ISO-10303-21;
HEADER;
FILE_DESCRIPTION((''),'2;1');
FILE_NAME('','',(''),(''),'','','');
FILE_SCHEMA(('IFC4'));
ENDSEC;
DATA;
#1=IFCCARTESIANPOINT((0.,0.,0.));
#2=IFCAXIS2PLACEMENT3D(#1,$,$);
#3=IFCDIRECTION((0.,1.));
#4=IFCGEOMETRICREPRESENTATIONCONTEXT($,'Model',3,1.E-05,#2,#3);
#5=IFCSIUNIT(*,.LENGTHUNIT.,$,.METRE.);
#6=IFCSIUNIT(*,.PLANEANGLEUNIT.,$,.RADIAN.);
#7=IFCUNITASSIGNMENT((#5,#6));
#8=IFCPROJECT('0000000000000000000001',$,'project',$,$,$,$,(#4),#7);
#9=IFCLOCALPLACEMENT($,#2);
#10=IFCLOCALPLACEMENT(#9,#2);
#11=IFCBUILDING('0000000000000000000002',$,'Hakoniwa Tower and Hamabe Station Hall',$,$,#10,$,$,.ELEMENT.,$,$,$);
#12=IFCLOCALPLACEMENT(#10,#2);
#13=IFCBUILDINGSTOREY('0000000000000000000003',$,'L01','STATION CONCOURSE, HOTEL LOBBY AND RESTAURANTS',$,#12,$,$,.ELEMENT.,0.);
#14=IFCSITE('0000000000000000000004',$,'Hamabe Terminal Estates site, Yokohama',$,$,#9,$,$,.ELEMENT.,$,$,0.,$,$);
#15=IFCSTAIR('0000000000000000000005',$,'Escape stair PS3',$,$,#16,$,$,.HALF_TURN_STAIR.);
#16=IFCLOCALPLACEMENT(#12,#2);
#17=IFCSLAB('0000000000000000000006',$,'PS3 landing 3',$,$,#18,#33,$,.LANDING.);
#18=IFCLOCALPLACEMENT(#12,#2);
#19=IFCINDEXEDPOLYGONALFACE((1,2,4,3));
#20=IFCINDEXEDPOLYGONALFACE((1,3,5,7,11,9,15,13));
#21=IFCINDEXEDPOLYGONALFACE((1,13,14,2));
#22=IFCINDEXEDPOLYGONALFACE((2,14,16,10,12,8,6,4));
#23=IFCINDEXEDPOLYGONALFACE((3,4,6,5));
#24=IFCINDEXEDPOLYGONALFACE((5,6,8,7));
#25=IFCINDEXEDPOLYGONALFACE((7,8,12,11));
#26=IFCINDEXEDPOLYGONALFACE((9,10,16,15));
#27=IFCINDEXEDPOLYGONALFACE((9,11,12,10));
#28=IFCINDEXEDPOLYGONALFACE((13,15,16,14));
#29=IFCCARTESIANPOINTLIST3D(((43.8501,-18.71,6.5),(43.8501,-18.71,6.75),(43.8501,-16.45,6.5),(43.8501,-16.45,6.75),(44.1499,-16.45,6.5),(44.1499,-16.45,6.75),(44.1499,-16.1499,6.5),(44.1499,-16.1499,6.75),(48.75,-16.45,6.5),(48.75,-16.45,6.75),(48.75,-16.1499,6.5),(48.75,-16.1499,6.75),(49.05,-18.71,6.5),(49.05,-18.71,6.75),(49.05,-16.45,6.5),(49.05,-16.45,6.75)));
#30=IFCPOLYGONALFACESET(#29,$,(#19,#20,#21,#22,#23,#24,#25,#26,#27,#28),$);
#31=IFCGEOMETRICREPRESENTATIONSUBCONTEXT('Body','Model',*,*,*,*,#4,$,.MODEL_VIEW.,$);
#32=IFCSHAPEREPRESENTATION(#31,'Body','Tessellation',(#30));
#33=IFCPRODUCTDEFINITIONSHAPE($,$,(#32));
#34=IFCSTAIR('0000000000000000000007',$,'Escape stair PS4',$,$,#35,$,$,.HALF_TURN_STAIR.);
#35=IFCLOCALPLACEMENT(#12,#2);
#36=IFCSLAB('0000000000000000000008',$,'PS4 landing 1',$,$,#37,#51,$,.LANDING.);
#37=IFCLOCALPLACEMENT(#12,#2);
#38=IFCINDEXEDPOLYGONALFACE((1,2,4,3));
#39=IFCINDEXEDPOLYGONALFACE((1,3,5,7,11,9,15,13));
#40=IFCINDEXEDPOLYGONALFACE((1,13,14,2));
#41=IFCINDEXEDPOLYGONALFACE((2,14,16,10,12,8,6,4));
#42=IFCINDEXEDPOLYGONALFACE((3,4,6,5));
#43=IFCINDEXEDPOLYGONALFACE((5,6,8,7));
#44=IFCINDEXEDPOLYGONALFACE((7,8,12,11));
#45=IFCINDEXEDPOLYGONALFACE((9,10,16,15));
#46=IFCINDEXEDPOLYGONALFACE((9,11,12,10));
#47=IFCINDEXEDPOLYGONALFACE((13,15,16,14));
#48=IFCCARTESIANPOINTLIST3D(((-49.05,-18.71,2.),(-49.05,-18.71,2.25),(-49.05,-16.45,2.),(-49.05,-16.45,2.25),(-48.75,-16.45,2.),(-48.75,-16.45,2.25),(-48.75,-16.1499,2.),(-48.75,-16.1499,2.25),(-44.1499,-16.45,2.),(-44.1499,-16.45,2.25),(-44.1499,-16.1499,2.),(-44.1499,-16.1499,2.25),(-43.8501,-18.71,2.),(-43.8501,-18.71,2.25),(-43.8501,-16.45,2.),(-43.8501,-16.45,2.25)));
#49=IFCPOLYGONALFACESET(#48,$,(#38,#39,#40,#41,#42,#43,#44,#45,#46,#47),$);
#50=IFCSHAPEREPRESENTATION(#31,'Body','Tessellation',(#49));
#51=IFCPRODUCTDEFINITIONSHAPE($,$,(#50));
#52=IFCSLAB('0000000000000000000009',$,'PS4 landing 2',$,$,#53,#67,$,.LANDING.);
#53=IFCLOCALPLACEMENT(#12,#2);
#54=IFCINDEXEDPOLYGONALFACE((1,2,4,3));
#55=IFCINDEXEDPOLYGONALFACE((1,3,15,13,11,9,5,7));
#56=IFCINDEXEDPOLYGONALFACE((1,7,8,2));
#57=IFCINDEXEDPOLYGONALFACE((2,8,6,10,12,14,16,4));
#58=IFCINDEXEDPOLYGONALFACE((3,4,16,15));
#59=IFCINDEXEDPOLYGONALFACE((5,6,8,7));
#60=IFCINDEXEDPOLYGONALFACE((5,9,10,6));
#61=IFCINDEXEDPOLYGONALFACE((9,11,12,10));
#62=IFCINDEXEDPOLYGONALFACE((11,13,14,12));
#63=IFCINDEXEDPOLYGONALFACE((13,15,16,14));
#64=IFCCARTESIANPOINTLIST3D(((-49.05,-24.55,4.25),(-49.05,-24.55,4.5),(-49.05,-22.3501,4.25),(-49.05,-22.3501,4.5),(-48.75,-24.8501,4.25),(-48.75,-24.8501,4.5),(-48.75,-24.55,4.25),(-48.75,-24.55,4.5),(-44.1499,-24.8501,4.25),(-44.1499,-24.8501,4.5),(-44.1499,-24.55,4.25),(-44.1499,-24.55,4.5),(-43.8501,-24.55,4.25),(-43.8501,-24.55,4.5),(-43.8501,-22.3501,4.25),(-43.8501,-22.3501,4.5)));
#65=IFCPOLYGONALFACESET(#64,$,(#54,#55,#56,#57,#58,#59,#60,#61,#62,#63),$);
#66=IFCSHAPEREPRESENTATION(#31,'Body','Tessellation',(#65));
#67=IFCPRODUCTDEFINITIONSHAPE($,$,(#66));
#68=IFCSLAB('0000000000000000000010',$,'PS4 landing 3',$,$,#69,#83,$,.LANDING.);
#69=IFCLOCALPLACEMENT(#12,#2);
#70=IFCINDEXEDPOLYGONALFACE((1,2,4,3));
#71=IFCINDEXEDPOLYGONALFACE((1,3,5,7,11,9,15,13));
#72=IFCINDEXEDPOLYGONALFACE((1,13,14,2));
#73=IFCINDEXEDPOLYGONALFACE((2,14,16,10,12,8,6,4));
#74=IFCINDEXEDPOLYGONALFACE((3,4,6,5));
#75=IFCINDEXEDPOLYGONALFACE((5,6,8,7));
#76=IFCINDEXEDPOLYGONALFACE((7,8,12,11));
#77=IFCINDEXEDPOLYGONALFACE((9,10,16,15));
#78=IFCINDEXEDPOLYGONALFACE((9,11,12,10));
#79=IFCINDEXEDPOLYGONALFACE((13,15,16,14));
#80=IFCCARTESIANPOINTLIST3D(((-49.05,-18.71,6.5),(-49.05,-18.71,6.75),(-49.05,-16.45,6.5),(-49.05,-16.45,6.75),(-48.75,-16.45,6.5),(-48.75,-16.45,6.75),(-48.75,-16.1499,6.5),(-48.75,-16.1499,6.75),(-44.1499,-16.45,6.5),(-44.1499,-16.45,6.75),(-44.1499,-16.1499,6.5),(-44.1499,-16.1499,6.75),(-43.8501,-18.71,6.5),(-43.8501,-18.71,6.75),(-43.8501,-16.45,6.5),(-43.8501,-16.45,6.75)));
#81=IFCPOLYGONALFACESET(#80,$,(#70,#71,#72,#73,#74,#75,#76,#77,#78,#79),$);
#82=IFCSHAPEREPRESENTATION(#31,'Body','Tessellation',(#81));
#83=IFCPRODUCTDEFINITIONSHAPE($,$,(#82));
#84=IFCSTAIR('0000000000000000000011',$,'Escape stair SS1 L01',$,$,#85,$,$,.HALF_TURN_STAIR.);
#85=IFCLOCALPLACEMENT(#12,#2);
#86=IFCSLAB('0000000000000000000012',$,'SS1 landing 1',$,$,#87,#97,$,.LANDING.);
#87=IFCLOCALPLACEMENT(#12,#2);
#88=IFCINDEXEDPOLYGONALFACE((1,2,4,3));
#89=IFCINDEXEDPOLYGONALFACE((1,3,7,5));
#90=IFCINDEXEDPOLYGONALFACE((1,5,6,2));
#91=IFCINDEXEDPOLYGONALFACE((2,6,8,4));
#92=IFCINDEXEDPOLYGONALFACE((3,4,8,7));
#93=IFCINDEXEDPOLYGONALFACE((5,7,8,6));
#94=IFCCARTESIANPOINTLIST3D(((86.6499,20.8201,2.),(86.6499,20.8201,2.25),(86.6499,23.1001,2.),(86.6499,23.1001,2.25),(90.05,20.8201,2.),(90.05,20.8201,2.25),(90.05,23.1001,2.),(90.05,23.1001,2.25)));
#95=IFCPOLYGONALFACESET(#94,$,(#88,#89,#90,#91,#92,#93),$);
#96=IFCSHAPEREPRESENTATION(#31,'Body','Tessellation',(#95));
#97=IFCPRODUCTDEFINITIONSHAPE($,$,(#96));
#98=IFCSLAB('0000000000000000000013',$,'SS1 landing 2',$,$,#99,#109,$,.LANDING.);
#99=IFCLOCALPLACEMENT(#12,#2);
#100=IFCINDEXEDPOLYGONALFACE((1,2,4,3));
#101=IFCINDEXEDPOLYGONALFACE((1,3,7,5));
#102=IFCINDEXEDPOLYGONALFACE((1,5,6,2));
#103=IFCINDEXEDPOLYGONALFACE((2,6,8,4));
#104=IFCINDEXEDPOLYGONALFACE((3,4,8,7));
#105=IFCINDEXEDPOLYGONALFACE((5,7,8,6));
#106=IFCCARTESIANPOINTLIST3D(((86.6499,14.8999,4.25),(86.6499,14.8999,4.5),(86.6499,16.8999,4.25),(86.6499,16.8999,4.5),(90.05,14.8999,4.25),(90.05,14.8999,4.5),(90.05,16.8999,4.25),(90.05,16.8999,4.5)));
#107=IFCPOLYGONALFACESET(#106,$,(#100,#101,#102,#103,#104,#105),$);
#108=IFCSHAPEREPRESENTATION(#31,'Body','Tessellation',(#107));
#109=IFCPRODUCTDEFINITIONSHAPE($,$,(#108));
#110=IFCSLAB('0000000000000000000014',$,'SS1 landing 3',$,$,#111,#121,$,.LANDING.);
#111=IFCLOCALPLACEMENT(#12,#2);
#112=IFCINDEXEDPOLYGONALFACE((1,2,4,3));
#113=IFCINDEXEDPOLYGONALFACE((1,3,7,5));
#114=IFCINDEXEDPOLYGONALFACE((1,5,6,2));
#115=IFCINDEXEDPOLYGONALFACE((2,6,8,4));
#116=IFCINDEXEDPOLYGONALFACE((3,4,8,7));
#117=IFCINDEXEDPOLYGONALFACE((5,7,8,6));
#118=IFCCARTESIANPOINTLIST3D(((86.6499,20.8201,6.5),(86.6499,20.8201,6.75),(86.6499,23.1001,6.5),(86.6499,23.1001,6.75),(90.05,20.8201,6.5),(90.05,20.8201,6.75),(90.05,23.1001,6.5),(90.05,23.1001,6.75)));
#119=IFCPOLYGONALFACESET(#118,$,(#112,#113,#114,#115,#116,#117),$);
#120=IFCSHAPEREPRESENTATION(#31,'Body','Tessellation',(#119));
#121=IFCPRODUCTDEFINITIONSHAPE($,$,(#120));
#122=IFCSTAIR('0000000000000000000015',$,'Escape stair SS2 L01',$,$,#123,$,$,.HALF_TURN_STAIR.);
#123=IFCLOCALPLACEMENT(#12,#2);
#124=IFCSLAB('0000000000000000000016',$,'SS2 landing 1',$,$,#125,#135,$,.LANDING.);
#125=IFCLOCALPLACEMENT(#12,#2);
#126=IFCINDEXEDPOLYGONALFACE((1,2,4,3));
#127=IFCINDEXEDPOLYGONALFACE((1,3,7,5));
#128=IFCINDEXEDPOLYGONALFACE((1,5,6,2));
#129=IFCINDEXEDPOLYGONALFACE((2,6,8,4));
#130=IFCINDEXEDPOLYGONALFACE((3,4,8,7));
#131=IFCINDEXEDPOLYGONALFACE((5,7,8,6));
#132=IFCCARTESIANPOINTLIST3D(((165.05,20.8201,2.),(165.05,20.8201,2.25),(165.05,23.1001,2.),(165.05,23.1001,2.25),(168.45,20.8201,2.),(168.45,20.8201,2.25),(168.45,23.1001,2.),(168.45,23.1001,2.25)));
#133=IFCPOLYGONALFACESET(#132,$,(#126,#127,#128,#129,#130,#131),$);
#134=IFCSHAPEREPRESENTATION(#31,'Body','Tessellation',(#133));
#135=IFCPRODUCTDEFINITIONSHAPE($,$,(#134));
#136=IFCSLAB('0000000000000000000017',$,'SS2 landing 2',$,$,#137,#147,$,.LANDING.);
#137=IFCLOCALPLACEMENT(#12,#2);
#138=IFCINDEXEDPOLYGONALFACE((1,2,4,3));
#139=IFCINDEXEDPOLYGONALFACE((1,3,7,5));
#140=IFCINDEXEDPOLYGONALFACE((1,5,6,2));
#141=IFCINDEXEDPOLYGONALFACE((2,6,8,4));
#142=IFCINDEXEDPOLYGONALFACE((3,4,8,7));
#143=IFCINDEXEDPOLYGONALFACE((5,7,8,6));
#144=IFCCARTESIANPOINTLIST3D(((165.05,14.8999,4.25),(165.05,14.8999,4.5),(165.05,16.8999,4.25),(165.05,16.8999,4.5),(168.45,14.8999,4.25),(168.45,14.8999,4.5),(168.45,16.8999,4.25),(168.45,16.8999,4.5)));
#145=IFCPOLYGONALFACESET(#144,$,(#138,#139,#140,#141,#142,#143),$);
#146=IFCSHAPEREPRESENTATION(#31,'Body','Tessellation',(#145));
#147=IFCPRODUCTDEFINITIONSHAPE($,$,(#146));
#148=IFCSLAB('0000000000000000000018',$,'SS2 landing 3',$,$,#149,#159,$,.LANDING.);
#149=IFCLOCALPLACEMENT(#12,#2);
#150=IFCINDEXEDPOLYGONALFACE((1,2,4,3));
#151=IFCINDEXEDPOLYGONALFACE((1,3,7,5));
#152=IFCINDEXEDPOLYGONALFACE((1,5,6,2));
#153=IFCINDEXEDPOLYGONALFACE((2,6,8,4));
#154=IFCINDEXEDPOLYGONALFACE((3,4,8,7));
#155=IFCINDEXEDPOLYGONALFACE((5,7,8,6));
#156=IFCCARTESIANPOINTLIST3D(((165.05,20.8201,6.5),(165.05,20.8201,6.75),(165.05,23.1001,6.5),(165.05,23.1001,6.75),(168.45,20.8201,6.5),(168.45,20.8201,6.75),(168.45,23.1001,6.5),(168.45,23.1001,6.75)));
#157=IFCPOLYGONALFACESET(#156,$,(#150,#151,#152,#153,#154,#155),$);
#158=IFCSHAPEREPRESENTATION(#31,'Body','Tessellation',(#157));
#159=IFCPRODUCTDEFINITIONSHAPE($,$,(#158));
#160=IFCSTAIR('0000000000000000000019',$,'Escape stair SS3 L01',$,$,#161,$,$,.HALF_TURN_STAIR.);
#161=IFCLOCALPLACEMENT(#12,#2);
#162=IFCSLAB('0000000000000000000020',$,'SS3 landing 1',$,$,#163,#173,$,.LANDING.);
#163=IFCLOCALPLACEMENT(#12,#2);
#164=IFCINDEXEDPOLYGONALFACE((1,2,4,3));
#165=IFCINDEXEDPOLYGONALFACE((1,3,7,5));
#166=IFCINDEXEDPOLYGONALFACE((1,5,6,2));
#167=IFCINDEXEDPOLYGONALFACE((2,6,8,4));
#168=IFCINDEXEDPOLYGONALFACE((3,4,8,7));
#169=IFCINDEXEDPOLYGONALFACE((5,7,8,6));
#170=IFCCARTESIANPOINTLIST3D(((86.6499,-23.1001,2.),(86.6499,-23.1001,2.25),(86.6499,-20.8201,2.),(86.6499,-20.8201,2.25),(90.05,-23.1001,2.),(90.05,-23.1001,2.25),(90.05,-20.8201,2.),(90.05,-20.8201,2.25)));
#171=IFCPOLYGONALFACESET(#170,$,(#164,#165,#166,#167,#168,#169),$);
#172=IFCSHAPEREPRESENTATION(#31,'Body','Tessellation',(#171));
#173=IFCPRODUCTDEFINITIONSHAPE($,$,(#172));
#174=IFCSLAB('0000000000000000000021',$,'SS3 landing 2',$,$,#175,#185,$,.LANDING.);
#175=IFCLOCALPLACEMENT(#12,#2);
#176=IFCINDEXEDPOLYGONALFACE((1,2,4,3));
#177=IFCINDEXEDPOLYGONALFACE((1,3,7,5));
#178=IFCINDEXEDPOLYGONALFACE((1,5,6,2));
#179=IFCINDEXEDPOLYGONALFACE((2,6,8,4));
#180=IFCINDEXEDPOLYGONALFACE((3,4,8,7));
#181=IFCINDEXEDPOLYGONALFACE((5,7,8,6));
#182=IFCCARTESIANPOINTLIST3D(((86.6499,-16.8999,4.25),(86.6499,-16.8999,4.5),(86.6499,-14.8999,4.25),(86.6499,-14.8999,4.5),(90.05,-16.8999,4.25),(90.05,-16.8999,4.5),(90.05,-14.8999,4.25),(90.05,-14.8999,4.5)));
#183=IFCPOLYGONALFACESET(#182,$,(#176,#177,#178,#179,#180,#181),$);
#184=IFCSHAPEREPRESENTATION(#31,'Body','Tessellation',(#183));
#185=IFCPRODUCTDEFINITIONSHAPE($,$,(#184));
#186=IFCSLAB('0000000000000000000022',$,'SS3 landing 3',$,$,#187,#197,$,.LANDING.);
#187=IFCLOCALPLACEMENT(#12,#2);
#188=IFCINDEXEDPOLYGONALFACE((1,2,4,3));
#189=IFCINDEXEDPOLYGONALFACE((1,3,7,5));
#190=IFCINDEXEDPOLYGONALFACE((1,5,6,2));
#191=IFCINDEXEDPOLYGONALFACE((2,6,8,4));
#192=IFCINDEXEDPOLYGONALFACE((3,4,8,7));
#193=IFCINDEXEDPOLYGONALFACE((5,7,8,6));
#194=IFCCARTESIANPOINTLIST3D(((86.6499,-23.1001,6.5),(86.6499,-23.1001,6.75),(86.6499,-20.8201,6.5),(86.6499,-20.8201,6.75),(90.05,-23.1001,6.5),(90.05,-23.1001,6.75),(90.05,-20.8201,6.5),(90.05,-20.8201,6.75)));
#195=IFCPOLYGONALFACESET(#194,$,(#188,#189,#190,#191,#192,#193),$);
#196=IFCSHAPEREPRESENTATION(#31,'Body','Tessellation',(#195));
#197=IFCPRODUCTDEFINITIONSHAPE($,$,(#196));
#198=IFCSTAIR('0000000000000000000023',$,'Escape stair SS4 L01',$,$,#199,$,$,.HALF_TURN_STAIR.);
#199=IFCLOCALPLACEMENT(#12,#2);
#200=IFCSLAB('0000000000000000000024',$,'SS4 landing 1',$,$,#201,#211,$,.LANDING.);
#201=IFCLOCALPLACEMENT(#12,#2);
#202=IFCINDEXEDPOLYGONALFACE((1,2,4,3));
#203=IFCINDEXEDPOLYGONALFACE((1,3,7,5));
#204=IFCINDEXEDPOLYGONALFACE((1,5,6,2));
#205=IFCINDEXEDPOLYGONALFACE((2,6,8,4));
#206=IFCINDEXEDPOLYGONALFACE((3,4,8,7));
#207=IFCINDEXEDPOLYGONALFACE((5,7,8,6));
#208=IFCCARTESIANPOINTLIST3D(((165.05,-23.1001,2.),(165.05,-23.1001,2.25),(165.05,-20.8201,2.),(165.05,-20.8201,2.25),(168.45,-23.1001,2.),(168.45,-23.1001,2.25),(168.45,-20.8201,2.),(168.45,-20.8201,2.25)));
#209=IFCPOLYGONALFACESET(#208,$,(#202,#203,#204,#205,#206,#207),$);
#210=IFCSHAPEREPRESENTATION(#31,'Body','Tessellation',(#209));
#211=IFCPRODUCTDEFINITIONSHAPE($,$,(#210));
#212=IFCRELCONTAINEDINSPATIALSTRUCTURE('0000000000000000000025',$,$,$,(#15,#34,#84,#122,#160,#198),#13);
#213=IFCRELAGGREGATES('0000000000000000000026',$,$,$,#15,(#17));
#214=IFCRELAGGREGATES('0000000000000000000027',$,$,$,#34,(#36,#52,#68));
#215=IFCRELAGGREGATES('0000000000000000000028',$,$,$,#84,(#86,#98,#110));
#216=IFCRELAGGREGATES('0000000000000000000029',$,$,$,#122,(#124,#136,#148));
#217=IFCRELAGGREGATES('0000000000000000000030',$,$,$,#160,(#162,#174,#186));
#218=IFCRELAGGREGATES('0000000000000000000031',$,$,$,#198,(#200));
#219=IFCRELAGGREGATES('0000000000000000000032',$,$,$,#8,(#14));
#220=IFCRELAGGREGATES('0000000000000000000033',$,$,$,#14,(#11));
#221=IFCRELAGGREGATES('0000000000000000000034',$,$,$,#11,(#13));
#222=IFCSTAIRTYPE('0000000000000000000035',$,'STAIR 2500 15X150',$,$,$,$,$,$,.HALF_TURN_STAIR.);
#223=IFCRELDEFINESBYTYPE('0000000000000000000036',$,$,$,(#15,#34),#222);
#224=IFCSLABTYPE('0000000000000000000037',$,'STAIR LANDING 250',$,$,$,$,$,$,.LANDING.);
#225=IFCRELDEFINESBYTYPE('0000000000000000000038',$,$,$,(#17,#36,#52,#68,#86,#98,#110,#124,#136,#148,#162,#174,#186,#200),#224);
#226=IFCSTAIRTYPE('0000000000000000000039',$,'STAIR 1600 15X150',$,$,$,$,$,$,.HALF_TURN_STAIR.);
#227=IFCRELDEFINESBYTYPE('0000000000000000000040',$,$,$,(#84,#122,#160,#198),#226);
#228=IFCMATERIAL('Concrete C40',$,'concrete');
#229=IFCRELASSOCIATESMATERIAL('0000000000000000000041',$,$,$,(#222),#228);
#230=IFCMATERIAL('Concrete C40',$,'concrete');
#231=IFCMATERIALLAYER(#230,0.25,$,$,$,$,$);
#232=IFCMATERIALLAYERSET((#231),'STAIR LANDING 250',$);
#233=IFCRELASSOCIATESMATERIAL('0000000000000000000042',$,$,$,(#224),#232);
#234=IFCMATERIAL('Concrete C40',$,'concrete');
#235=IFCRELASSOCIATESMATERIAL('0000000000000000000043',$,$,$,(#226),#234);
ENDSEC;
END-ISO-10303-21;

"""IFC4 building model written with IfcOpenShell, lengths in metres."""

from ifc_helpers import new_model, si_unit, direction, frame, origin, place, context, subcontext, project, spatial, polyline, outline, extrude, material, layer, layer_set, type_object, element, aggregate, save


model = new_model("IFC4")

# Units and contexts
model_context = context("Model", 3, precision=1e-05, world=origin(), true_north=direction((0.0, 1.0)))
body_context = subcontext(model_context, "Body", "Model", "MODEL_VIEW")
ifc_project = project(units=[si_unit("LENGTHUNIT", "METRE"), si_unit("PLANEANGLEUNIT", "RADIAN")], contexts=[model_context])

# Site, building, storey
site_placement = place(None, origin())
site = spatial("IfcSite", under=ifc_project, at=site_placement, Name="Hamabe Terminal Estates site, Yokohama", CompositionType="ELEMENT", RefElevation=0.0)
building_placement = place(site_placement, origin())
building = spatial("IfcBuilding", under=site, at=building_placement, Name="Hakoniwa Tower and Hamabe Station Hall", CompositionType="ELEMENT")
storey_placement = place(building_placement, origin())
storey = spatial("IfcBuildingStorey", under=building, at=storey_placement, Name="L01", Description="STATION CONCOURSE, HOTEL LOBBY AND RESTAURANTS", CompositionType="ELEMENT", Elevation=0.0)

# Shared definitions
ifc_material_1 = material(Name="Concrete C40", Category="concrete")
stair_type_1 = type_object("IfcStairType", Name="STAIR 2500 15X150", PredefinedType="HALF_TURN_STAIR", material=ifc_material_1)
ifc_material_2 = material(Name="Concrete C40", Category="concrete")
ifc_layer_1 = layer(ifc_material_2, 0.25)
ifc_layer_set_1 = layer_set([ifc_layer_1], Name="STAIR LANDING 250")
slab_type = type_object("IfcSlabType", Name="STAIR LANDING 250", PredefinedType="LANDING", material=ifc_layer_set_1)

# Stairs, slabs
stair_1_placement = place(storey_placement, origin())
stair_1 = element("IfcStair", 1, at=stair_1_placement, inside=storey, type_object=stair_type_1, Name="Escape stair PS3", PredefinedType="HALF_TURN_STAIR")
slab_1_placement = place(storey_placement, frame((0.0, 0.0, 6.5)))
slab_1 = element("IfcSlab", 2, at=slab_1_placement, type_object=slab_type, Name="PS3 landing 3", PredefinedType="LANDING", context=body_context, shape_type="SweptSolid", body=[
    extrude(outline(polyline([(49.05, -18.71), (49.05, -16.45), (48.75, -16.45), (48.75, -16.1499), (44.1499, -16.1499), (44.1499, -16.45), (43.8501, -16.45), (43.8501, -18.71), (49.05, -18.71)])), origin(), (0.0, 0.0, 1.0), 0.25),
])
aggregate(stair_1, [slab_1])
stair_2_placement = place(storey_placement, origin())
stair_2 = element("IfcStair", 3, at=stair_2_placement, inside=storey, type_object=stair_type_1, Name="Escape stair PS4", PredefinedType="HALF_TURN_STAIR")
slab_2_placement = place(storey_placement, frame((0.0, 0.0, 2.0)))
slab_2 = element("IfcSlab", 4, at=slab_2_placement, type_object=slab_type, Name="PS4 landing 1", PredefinedType="LANDING", context=body_context, shape_type="SweptSolid", body=[
    extrude(outline(polyline([(-43.8501, -18.71), (-43.8501, -16.45), (-44.1499, -16.45), (-44.1499, -16.1499), (-48.75, -16.1499), (-48.75, -16.45), (-49.05, -16.45), (-49.05, -18.71), (-43.8501, -18.71)])), origin(), (0.0, 0.0, 1.0), 0.25),
])
slab_3_placement = place(storey_placement, frame((0.0, 0.0, 4.25)))
slab_3 = element("IfcSlab", 5, at=slab_3_placement, type_object=slab_type, Name="PS4 landing 2", PredefinedType="LANDING", context=body_context, shape_type="SweptSolid", body=[
    extrude(outline(polyline([(-43.8501, -24.55), (-43.8501, -22.3501), (-49.05, -22.3501), (-49.05, -24.55), (-48.75, -24.55), (-48.75, -24.8501), (-44.1499, -24.8501), (-44.1499, -24.55), (-43.8501, -24.55)])), origin(), (0.0, 0.0, 1.0), 0.25),
])
slab_4_placement = place(storey_placement, frame((0.0, 0.0, 6.5)))
slab_4 = element("IfcSlab", 6, at=slab_4_placement, type_object=slab_type, Name="PS4 landing 3", PredefinedType="LANDING", context=body_context, shape_type="SweptSolid", body=[
    extrude(outline(polyline([(-43.8501, -18.71), (-43.8501, -16.45), (-44.1499, -16.45), (-44.1499, -16.1499), (-48.75, -16.1499), (-48.75, -16.45), (-49.05, -16.45), (-49.05, -18.71), (-43.8501, -18.71)])), origin(), (0.0, 0.0, 1.0), 0.25),
])
aggregate(stair_2, [slab_2, slab_3, slab_4])
ifc_material_3 = material(Name="Concrete C40", Category="concrete")
stair_type_2 = type_object("IfcStairType", Name="STAIR 1600 15X150", PredefinedType="HALF_TURN_STAIR", material=ifc_material_3)
stair_3_placement = place(storey_placement, origin())
stair_3 = element("IfcStair", 7, at=stair_3_placement, inside=storey, type_object=stair_type_2, Name="Escape stair SS1 L01", PredefinedType="HALF_TURN_STAIR")
slab_5_placement = place(storey_placement, frame((0.0, 0.0, 2.0)))
slab_5 = element("IfcSlab", 8, at=slab_5_placement, type_object=slab_type, Name="SS1 landing 1", PredefinedType="LANDING", context=body_context, shape_type="SweptSolid", body=[
    extrude(outline(polyline([(90.05, 20.8201), (90.05, 23.1001), (86.6499, 23.1001), (86.6499, 20.8201), (90.05, 20.8201)])), origin(), (0.0, 0.0, 1.0), 0.25),
])
slab_6_placement = place(storey_placement, frame((0.0, 0.0, 4.25)))
slab_6 = element("IfcSlab", 9, at=slab_6_placement, type_object=slab_type, Name="SS1 landing 2", PredefinedType="LANDING", context=body_context, shape_type="SweptSolid", body=[
    extrude(outline(polyline([(90.05, 14.8999), (90.05, 16.8999), (86.6499, 16.8999), (86.6499, 14.8999), (90.05, 14.8999)])), origin(), (0.0, 0.0, 1.0), 0.25),
])
slab_7_placement = place(storey_placement, frame((0.0, 0.0, 6.5)))
slab_7 = element("IfcSlab", 10, at=slab_7_placement, type_object=slab_type, Name="SS1 landing 3", PredefinedType="LANDING", context=body_context, shape_type="SweptSolid", body=[
    extrude(outline(polyline([(90.05, 20.8201), (90.05, 23.1001), (86.6499, 23.1001), (86.6499, 20.8201), (90.05, 20.8201)])), origin(), (0.0, 0.0, 1.0), 0.25),
])
aggregate(stair_3, [slab_5, slab_6, slab_7])
stair_4_placement = place(storey_placement, origin())
stair_4 = element("IfcStair", 11, at=stair_4_placement, inside=storey, type_object=stair_type_2, Name="Escape stair SS2 L01", PredefinedType="HALF_TURN_STAIR")
slab_8_placement = place(storey_placement, frame((0.0, 0.0, 2.0)))
slab_8 = element("IfcSlab", 12, at=slab_8_placement, type_object=slab_type, Name="SS2 landing 1", PredefinedType="LANDING", context=body_context, shape_type="SweptSolid", body=[
    extrude(outline(polyline([(168.45, 20.8201), (168.45, 23.1001), (165.05, 23.1001), (165.05, 20.8201), (168.45, 20.8201)])), origin(), (0.0, 0.0, 1.0), 0.25),
])
slab_9_placement = place(storey_placement, frame((0.0, 0.0, 4.25)))
slab_9 = element("IfcSlab", 13, at=slab_9_placement, type_object=slab_type, Name="SS2 landing 2", PredefinedType="LANDING", context=body_context, shape_type="SweptSolid", body=[
    extrude(outline(polyline([(168.45, 14.8999), (168.45, 16.8999), (165.05, 16.8999), (165.05, 14.8999), (168.45, 14.8999)])), origin(), (0.0, 0.0, 1.0), 0.25),
])
slab_10_placement = place(storey_placement, frame((0.0, 0.0, 6.5)))
slab_10 = element("IfcSlab", 14, at=slab_10_placement, type_object=slab_type, Name="SS2 landing 3", PredefinedType="LANDING", context=body_context, shape_type="SweptSolid", body=[
    extrude(outline(polyline([(168.45, 20.8201), (168.45, 23.1001), (165.05, 23.1001), (165.05, 20.8201), (168.45, 20.8201)])), origin(), (0.0, 0.0, 1.0), 0.25),
])
aggregate(stair_4, [slab_8, slab_9, slab_10])
stair_5_placement = place(storey_placement, origin())
stair_5 = element("IfcStair", 15, at=stair_5_placement, inside=storey, type_object=stair_type_2, Name="Escape stair SS3 L01", PredefinedType="HALF_TURN_STAIR")
slab_11_placement = place(storey_placement, frame((0.0, 0.0, 2.0)))
slab_11 = element("IfcSlab", 16, at=slab_11_placement, type_object=slab_type, Name="SS3 landing 1", PredefinedType="LANDING", context=body_context, shape_type="SweptSolid", body=[
    extrude(outline(polyline([(86.6499, -20.8201), (86.6499, -23.1001), (90.05, -23.1001), (90.05, -20.8201), (86.6499, -20.8201)])), origin(), (0.0, 0.0, 1.0), 0.25),
])
slab_12_placement = place(storey_placement, frame((0.0, 0.0, 4.25)))
slab_12 = element("IfcSlab", 17, at=slab_12_placement, type_object=slab_type, Name="SS3 landing 2", PredefinedType="LANDING", context=body_context, shape_type="SweptSolid", body=[
    extrude(outline(polyline([(86.6499, -14.8999), (86.6499, -16.8999), (90.05, -16.8999), (90.05, -14.8999), (86.6499, -14.8999)])), origin(), (0.0, 0.0, 1.0), 0.25),
])
slab_13_placement = place(storey_placement, frame((0.0, 0.0, 6.5)))
slab_13 = element("IfcSlab", 18, at=slab_13_placement, type_object=slab_type, Name="SS3 landing 3", PredefinedType="LANDING", context=body_context, shape_type="SweptSolid", body=[
    extrude(outline(polyline([(86.6499, -20.8201), (86.6499, -23.1001), (90.05, -23.1001), (90.05, -20.8201), (86.6499, -20.8201)])), origin(), (0.0, 0.0, 1.0), 0.25),
])
aggregate(stair_5, [slab_11, slab_12, slab_13])
stair_6_placement = place(storey_placement, origin())
stair_6 = element("IfcStair", 19, at=stair_6_placement, inside=storey, type_object=stair_type_2, Name="Escape stair SS4 L01", PredefinedType="HALF_TURN_STAIR")
slab_14_placement = place(storey_placement, frame((0.0, 0.0, 2.0)))
slab_14 = element("IfcSlab", 20, at=slab_14_placement, type_object=slab_type, Name="SS4 landing 1", PredefinedType="LANDING", context=body_context, shape_type="SweptSolid", body=[
    extrude(outline(polyline([(165.05, -20.8201), (165.05, -23.1001), (168.45, -23.1001), (168.45, -20.8201), (165.05, -20.8201)])), origin(), (0.0, 0.0, 1.0), 0.25),
])
aggregate(stair_6, [slab_14])

save(model, "model.ifc")
